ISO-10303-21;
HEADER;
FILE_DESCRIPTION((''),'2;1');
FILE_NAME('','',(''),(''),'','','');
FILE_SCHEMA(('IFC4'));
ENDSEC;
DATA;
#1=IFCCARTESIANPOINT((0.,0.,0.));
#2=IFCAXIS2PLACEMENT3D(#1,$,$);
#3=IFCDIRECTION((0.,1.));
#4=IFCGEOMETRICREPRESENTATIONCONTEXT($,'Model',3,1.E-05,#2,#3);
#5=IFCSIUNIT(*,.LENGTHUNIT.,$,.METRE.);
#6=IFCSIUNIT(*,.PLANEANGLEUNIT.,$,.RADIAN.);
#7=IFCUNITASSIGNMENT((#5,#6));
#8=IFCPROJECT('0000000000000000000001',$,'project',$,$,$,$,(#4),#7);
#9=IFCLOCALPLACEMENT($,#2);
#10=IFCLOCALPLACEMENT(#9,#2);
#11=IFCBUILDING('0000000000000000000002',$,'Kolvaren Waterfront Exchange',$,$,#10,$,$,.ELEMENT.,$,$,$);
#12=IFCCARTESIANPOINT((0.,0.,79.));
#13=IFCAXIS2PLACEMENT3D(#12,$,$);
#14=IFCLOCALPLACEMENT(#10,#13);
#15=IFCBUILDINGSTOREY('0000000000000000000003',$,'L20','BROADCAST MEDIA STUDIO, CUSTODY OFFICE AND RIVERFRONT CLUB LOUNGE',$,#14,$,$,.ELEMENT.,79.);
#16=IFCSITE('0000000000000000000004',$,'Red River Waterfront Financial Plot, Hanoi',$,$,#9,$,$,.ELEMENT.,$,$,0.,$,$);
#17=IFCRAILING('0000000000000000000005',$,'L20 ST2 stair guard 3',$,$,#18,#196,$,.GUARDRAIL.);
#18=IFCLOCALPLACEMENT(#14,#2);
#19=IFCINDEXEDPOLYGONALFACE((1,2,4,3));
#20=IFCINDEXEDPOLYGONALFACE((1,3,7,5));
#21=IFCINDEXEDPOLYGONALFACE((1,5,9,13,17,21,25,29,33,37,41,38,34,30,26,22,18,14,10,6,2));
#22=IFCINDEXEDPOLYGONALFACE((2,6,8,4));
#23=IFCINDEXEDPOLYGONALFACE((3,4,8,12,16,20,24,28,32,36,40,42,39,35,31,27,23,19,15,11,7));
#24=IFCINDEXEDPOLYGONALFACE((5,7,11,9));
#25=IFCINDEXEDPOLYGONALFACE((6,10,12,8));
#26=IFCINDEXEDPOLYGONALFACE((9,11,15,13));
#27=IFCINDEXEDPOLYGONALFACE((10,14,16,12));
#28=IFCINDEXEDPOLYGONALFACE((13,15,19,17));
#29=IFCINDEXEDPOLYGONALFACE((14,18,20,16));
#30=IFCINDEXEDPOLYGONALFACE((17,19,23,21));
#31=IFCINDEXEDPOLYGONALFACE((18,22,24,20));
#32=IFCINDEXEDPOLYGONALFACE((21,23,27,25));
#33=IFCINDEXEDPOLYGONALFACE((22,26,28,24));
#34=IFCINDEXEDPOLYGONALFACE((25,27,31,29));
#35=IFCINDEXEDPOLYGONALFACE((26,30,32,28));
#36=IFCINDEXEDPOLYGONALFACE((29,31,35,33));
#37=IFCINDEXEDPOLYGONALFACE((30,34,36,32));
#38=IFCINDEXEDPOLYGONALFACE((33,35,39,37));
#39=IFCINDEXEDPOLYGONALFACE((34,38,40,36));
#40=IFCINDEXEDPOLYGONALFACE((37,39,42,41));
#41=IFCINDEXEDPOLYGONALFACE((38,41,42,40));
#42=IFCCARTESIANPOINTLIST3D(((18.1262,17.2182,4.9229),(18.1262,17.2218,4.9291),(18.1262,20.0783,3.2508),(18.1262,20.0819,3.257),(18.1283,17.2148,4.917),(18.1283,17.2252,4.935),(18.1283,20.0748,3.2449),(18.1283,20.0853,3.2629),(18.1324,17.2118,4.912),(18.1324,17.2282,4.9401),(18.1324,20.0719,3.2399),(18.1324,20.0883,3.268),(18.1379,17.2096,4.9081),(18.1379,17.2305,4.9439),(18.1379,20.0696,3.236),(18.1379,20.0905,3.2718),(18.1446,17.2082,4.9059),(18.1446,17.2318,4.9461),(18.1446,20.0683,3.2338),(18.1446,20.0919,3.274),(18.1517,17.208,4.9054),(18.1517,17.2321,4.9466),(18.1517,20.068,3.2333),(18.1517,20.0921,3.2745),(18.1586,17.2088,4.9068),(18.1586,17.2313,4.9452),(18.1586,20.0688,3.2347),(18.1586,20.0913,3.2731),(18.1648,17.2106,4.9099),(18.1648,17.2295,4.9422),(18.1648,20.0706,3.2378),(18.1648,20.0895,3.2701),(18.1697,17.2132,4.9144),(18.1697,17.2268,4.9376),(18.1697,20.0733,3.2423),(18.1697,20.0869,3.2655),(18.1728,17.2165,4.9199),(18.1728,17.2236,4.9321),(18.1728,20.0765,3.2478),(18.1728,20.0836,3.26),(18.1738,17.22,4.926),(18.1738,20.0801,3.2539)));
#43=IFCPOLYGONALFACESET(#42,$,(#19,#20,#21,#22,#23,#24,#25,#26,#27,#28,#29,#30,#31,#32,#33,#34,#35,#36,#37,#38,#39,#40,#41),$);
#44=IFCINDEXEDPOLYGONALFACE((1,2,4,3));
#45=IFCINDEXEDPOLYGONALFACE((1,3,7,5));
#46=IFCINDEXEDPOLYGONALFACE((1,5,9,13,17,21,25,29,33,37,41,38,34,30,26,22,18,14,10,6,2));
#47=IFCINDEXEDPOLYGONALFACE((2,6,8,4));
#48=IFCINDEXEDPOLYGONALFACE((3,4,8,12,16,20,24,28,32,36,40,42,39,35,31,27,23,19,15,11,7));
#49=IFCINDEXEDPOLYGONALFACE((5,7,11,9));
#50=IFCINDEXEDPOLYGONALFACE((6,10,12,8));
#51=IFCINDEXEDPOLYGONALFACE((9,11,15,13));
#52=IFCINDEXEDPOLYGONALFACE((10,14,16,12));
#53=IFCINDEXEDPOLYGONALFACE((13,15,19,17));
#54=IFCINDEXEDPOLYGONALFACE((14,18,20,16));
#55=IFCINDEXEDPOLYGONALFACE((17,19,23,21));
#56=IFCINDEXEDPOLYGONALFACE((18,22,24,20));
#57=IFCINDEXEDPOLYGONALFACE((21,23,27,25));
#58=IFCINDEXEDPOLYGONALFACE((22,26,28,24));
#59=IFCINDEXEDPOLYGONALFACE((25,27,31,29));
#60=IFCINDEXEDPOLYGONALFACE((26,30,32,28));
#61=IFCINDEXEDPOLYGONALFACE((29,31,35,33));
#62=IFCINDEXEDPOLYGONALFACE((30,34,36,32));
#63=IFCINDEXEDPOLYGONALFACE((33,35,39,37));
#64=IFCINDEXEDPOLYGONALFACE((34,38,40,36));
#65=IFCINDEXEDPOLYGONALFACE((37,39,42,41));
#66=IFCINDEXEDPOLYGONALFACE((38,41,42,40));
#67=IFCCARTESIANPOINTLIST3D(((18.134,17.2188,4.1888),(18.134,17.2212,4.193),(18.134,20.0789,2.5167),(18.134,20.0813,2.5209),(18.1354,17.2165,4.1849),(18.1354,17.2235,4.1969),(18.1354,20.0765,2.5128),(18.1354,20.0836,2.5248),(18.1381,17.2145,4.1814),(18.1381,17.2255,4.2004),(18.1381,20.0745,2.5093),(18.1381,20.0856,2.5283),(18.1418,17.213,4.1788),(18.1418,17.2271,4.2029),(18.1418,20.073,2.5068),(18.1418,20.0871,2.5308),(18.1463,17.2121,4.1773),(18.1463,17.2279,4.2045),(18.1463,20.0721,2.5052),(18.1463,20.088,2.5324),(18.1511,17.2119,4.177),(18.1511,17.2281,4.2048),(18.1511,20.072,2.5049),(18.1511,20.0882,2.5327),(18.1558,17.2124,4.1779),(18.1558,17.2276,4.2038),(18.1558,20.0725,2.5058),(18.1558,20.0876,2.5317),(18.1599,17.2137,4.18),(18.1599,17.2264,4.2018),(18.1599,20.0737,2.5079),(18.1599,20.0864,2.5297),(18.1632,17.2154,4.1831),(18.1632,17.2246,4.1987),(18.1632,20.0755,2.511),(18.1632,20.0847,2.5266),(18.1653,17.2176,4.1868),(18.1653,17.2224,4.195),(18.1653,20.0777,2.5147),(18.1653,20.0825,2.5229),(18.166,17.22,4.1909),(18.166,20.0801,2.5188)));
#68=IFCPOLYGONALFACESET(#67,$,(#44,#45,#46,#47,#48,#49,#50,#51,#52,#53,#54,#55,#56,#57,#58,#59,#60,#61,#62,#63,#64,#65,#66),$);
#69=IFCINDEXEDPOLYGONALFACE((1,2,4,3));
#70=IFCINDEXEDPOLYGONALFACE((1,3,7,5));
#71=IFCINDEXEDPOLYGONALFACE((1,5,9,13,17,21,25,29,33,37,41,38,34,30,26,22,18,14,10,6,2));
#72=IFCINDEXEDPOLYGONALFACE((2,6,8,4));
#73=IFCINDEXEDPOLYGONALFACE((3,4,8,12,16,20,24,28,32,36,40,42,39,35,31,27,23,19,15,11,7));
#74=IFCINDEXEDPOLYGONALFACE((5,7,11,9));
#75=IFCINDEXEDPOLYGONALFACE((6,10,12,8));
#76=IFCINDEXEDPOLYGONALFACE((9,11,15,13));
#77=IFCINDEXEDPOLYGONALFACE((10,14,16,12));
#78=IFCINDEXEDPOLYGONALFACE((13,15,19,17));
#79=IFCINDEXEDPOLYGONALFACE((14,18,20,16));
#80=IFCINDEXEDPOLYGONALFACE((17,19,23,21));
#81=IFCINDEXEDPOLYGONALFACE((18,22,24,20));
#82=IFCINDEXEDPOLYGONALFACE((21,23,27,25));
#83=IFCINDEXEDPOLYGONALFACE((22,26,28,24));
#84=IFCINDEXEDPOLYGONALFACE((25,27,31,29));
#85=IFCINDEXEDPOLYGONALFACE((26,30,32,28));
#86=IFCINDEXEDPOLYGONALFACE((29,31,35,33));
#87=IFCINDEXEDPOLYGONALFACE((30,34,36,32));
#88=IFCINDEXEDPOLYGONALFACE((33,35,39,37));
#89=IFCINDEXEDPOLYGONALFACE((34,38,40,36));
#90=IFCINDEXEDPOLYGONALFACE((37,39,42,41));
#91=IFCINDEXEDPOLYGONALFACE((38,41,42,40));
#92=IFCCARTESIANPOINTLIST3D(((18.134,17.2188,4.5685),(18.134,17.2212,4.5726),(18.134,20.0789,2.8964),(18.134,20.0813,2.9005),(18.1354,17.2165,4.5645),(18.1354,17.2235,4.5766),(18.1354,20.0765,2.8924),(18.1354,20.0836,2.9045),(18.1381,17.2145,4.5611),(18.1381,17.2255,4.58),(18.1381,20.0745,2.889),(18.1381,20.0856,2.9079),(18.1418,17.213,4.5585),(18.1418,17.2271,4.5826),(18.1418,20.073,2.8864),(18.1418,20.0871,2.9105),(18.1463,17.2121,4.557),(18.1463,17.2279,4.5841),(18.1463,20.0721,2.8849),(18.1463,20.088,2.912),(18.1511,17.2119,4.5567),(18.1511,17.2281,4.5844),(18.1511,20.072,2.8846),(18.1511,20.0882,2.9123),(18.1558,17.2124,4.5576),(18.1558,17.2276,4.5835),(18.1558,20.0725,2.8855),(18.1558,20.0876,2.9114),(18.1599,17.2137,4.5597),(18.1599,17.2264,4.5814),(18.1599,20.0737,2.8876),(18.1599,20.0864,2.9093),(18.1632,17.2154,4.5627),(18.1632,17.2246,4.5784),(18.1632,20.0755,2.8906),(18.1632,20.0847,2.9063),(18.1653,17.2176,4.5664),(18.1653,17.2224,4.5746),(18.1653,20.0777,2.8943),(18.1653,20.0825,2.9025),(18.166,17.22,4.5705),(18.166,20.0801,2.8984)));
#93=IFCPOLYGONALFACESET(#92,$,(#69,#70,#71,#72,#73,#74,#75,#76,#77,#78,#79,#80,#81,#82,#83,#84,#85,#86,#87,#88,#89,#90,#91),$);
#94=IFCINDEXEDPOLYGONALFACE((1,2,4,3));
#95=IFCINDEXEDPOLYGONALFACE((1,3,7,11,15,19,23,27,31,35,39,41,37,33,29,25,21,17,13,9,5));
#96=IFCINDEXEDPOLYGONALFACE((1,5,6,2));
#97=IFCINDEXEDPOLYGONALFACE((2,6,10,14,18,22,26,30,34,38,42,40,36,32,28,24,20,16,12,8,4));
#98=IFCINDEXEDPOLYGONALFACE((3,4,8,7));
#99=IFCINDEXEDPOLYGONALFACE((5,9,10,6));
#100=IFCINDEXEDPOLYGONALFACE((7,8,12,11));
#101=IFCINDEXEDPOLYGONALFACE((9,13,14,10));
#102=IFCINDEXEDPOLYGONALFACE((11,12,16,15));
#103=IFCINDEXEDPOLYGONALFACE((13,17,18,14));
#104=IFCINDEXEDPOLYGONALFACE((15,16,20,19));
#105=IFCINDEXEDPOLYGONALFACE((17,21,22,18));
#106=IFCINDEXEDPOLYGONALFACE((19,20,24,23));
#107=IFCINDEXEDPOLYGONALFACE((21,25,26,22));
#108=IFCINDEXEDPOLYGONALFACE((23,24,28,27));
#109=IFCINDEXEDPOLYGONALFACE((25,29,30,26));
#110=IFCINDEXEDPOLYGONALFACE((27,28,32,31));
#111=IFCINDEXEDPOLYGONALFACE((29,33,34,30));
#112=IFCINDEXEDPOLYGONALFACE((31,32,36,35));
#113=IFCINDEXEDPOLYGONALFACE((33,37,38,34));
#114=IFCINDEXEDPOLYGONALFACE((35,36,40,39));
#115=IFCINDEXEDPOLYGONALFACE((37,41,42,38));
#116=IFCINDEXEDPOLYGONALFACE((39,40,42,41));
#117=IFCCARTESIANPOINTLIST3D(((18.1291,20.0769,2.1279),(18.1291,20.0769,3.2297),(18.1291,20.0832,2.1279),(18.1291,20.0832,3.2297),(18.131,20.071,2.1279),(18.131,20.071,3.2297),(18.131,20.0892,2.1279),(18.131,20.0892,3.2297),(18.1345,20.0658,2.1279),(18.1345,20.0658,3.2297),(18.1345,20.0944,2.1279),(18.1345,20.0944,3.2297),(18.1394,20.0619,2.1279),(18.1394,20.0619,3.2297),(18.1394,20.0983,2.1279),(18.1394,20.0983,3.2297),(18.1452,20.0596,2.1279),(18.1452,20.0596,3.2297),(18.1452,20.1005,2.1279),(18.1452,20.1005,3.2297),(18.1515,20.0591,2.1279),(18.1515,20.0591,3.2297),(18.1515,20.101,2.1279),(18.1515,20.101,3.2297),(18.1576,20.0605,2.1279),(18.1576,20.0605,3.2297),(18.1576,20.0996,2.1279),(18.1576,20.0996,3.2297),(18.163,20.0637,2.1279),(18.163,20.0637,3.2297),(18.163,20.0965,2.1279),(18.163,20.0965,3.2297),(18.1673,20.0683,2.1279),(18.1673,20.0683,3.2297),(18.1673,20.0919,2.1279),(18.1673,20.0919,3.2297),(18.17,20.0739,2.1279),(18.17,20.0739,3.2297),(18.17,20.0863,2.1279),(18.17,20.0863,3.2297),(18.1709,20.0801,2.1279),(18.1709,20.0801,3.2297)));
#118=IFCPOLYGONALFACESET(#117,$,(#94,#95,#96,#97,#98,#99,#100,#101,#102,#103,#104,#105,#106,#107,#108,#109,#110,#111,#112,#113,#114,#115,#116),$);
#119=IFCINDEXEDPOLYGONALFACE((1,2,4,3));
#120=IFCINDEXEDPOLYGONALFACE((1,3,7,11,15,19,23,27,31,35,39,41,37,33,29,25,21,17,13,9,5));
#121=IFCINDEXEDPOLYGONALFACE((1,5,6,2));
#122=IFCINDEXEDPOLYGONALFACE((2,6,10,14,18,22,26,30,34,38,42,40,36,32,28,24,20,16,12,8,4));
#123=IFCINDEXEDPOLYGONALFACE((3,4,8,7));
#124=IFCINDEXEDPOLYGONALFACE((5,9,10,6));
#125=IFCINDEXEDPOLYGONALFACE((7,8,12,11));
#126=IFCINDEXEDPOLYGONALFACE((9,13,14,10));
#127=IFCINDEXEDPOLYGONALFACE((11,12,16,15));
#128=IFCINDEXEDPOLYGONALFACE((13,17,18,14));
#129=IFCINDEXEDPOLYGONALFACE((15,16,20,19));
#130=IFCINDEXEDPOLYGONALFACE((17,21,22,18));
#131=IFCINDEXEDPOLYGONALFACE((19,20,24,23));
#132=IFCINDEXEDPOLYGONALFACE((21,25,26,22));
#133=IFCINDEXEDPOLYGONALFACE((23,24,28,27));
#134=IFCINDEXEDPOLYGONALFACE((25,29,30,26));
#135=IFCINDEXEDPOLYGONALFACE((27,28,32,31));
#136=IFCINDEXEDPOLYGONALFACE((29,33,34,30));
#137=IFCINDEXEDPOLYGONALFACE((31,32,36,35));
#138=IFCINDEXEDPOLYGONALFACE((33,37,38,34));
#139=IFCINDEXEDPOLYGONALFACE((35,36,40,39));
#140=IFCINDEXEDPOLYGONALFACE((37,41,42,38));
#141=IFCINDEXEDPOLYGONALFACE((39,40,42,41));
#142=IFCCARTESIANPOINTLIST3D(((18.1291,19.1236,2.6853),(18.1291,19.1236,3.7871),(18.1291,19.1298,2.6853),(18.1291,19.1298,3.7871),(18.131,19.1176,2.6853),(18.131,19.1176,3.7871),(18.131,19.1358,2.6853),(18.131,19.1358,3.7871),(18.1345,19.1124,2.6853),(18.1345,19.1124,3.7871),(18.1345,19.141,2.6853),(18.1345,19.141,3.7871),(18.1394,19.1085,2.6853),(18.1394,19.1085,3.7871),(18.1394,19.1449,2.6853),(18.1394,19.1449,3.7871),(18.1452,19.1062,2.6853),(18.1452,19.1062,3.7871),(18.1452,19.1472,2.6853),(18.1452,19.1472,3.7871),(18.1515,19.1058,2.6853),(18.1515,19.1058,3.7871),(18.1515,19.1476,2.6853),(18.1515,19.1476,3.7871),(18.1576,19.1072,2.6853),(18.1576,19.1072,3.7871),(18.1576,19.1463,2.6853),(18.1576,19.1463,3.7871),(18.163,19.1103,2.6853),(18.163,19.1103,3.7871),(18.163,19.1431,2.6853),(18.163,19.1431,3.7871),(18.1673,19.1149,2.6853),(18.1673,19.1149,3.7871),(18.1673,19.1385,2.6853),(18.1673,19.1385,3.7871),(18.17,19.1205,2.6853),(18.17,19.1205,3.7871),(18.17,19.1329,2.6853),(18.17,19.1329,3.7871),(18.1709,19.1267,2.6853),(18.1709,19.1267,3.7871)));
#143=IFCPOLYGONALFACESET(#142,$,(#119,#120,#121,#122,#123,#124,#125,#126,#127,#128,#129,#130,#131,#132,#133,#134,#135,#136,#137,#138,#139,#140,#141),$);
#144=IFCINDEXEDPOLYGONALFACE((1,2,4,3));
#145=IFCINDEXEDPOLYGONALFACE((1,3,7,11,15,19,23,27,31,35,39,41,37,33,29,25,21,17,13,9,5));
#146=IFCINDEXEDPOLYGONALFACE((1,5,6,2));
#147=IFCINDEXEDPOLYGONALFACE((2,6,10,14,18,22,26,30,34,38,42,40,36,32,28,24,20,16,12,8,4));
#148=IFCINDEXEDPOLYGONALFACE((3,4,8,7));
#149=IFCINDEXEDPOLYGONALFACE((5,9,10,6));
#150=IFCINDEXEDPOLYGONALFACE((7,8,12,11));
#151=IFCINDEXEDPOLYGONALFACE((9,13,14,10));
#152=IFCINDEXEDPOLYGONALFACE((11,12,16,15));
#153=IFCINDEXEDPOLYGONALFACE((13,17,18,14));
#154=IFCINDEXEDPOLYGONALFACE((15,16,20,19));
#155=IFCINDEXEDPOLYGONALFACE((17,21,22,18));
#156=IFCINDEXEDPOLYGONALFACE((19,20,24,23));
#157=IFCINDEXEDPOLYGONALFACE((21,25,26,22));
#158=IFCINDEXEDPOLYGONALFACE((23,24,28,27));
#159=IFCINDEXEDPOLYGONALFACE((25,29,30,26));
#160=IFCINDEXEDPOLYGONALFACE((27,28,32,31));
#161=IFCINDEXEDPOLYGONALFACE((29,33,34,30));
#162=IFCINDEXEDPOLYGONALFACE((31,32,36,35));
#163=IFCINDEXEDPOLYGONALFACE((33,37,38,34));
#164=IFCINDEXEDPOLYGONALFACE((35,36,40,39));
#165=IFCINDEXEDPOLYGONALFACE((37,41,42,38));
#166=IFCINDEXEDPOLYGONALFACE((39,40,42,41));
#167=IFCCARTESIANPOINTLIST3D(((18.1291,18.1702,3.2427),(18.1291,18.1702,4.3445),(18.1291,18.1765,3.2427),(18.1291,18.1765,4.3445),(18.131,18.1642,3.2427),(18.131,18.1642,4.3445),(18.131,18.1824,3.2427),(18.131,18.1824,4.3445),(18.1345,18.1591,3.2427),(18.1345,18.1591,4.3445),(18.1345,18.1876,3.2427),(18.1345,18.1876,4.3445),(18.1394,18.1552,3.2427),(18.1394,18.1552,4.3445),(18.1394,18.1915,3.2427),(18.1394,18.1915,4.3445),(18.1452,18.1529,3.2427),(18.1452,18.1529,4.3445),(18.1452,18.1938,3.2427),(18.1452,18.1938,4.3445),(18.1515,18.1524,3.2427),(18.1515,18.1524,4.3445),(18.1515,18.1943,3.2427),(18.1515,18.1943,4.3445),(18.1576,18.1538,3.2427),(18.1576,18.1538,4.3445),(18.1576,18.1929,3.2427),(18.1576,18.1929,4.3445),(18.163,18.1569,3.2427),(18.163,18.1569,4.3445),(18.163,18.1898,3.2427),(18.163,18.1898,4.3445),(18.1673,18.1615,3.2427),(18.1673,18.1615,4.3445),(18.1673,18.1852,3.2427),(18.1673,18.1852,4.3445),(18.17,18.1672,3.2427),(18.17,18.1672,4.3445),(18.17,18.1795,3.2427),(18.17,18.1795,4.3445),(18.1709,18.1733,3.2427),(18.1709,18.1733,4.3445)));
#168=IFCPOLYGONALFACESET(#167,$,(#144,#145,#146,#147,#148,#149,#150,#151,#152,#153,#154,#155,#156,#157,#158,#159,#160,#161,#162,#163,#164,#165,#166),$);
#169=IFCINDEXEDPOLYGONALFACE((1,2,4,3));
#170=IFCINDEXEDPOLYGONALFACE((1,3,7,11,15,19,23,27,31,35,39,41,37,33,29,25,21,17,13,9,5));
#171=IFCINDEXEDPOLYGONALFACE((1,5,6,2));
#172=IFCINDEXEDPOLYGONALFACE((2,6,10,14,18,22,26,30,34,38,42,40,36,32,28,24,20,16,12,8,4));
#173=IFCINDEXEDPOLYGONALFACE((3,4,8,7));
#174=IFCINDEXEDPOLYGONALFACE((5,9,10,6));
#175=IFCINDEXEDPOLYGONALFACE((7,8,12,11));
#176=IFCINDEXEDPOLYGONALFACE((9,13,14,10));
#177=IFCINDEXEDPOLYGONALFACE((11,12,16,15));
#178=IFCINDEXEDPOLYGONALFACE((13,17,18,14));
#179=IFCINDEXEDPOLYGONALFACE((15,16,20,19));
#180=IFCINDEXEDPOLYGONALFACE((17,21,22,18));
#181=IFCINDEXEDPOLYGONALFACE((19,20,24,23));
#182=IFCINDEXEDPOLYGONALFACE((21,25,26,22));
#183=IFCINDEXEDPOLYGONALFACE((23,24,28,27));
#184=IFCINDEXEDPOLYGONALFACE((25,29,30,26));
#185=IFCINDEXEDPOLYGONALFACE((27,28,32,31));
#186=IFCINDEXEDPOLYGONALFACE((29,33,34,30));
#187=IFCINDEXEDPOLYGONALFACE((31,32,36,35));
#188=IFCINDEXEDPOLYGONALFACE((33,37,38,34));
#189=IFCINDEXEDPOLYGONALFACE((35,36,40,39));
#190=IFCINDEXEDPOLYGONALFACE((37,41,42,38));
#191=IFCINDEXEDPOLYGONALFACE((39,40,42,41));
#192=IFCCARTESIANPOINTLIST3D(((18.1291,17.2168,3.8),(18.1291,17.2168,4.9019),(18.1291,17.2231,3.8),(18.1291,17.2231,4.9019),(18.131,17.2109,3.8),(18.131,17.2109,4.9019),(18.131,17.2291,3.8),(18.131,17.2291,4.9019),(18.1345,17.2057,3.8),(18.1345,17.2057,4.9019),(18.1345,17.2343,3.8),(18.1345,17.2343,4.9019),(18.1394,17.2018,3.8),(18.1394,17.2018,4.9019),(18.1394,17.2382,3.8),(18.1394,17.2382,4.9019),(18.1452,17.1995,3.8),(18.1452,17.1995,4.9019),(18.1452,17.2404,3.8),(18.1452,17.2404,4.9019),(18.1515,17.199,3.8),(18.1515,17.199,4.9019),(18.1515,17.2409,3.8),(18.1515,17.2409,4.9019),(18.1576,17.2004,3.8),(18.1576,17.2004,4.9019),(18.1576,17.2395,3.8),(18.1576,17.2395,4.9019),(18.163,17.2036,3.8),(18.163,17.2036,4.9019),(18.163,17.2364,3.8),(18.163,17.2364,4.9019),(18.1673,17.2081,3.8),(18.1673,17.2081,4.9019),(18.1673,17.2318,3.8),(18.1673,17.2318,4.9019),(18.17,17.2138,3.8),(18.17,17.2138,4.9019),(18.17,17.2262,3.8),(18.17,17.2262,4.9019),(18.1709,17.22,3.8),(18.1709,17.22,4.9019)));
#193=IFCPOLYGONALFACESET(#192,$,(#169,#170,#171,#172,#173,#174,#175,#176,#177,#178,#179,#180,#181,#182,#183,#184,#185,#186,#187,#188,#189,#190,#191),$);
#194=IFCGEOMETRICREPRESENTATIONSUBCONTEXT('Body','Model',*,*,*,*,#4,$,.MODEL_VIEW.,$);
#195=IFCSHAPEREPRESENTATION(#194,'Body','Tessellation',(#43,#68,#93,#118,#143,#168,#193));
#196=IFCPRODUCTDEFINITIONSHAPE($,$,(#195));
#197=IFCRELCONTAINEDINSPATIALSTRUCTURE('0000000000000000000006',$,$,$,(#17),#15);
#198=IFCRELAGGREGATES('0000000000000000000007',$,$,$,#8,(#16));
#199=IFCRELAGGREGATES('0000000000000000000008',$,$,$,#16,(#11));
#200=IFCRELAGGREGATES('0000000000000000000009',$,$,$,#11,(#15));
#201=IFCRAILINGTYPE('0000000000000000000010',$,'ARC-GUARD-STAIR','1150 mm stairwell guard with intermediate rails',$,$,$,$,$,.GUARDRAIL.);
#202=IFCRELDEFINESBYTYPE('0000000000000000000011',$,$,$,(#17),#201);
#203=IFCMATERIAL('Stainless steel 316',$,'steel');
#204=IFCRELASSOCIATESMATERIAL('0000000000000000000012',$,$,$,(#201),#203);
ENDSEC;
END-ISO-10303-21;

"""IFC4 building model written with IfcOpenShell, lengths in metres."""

from ifc_helpers import new_model, si_unit, direction, frame, origin, origin_2d, place, context, subcontext, project, spatial, circle, extrude, material, type_object, element, save


model = new_model("IFC4")

# Units and contexts
model_context = context("Model", 3, precision=1e-05, world=origin(), true_north=direction((0.0, 1.0)))
body_context = subcontext(model_context, "Body", "Model", "MODEL_VIEW")
ifc_project = project(units=[si_unit("LENGTHUNIT", "METRE"), si_unit("PLANEANGLEUNIT", "RADIAN")], contexts=[model_context])

# Site, building, storey
site_placement = place(None, origin())
site = spatial("IfcSite", under=ifc_project, at=site_placement, Name="Red River Waterfront Financial Plot, Hanoi", CompositionType="ELEMENT", RefElevation=0.0)
building_placement = place(site_placement, origin())
building = spatial("IfcBuilding", under=site, at=building_placement, Name="Kolvaren Waterfront Exchange", CompositionType="ELEMENT")
storey_placement = place(building_placement, frame((0.0, 0.0, 79.0)))
storey = spatial("IfcBuildingStorey", under=building, at=storey_placement, Name="L20", Description="BROADCAST MEDIA STUDIO, CUSTODY OFFICE AND RIVERFRONT CLUB LOUNGE", CompositionType="ELEMENT", Elevation=79.0)

# Railing
ifc_material_1 = material(Name="Stainless steel 316", Category="steel")
railing_type_1 = type_object("IfcRailingType", Name="ARC-GUARD-STAIR", Description="1150 mm stairwell guard with intermediate rails", PredefinedType="GUARDRAIL", material=ifc_material_1)
railing_1_placement = place(storey_placement, frame((18.1499, 20.0801, 2.1279)))
element("IfcRailing", 1, at=railing_1_placement, inside=storey, type_object=railing_type_1, Name="L20 ST2 stair guard 3", PredefinedType="GUARDRAIL", context=body_context, shape_type="SweptSolid", body=[
    extrude(circle(Radius=0.0239, at=origin_2d()), frame((0.0, 0.0, 1.126), z_axis=(0.0, -0.863289, 0.504709), x_axis=(1.0, 0.0, 0.0)), (0.0, 0.0, 1.0), 3.313),
    extrude(circle(Radius=0.0161, at=origin_2d()), frame((0.0, 0.0, 0.3909), z_axis=(0.0, -0.863289, 0.504709), x_axis=(1.0, 0.0, 0.0)), (0.0, 0.0, 1.0), 3.313),
    extrude(circle(Radius=0.0161, at=origin_2d()), frame((0.0, 0.0, 0.7705), z_axis=(0.0, -0.863289, 0.504709), x_axis=(1.0, 0.0, 0.0)), (0.0, 0.0, 1.0), 3.313),
    extrude(circle(Radius=0.021, at=origin_2d()), origin(), (0.0, 0.0, 1.0), 1.1018),
    extrude(circle(Radius=0.021, at=origin_2d()), frame((0.0, -0.9534, 0.5574)), (0.0, 0.0, 1.0), 1.1018),
    extrude(circle(Radius=0.021, at=origin_2d()), frame((0.0, -1.9067, 1.1147)), (0.0, 0.0, 1.0), 1.1018),
    extrude(circle(Radius=0.021, at=origin_2d()), frame((0.0, -2.8601, 1.6721)), (0.0, 0.0, 1.0), 1.1018),
])

save(model, "model.ifc")
